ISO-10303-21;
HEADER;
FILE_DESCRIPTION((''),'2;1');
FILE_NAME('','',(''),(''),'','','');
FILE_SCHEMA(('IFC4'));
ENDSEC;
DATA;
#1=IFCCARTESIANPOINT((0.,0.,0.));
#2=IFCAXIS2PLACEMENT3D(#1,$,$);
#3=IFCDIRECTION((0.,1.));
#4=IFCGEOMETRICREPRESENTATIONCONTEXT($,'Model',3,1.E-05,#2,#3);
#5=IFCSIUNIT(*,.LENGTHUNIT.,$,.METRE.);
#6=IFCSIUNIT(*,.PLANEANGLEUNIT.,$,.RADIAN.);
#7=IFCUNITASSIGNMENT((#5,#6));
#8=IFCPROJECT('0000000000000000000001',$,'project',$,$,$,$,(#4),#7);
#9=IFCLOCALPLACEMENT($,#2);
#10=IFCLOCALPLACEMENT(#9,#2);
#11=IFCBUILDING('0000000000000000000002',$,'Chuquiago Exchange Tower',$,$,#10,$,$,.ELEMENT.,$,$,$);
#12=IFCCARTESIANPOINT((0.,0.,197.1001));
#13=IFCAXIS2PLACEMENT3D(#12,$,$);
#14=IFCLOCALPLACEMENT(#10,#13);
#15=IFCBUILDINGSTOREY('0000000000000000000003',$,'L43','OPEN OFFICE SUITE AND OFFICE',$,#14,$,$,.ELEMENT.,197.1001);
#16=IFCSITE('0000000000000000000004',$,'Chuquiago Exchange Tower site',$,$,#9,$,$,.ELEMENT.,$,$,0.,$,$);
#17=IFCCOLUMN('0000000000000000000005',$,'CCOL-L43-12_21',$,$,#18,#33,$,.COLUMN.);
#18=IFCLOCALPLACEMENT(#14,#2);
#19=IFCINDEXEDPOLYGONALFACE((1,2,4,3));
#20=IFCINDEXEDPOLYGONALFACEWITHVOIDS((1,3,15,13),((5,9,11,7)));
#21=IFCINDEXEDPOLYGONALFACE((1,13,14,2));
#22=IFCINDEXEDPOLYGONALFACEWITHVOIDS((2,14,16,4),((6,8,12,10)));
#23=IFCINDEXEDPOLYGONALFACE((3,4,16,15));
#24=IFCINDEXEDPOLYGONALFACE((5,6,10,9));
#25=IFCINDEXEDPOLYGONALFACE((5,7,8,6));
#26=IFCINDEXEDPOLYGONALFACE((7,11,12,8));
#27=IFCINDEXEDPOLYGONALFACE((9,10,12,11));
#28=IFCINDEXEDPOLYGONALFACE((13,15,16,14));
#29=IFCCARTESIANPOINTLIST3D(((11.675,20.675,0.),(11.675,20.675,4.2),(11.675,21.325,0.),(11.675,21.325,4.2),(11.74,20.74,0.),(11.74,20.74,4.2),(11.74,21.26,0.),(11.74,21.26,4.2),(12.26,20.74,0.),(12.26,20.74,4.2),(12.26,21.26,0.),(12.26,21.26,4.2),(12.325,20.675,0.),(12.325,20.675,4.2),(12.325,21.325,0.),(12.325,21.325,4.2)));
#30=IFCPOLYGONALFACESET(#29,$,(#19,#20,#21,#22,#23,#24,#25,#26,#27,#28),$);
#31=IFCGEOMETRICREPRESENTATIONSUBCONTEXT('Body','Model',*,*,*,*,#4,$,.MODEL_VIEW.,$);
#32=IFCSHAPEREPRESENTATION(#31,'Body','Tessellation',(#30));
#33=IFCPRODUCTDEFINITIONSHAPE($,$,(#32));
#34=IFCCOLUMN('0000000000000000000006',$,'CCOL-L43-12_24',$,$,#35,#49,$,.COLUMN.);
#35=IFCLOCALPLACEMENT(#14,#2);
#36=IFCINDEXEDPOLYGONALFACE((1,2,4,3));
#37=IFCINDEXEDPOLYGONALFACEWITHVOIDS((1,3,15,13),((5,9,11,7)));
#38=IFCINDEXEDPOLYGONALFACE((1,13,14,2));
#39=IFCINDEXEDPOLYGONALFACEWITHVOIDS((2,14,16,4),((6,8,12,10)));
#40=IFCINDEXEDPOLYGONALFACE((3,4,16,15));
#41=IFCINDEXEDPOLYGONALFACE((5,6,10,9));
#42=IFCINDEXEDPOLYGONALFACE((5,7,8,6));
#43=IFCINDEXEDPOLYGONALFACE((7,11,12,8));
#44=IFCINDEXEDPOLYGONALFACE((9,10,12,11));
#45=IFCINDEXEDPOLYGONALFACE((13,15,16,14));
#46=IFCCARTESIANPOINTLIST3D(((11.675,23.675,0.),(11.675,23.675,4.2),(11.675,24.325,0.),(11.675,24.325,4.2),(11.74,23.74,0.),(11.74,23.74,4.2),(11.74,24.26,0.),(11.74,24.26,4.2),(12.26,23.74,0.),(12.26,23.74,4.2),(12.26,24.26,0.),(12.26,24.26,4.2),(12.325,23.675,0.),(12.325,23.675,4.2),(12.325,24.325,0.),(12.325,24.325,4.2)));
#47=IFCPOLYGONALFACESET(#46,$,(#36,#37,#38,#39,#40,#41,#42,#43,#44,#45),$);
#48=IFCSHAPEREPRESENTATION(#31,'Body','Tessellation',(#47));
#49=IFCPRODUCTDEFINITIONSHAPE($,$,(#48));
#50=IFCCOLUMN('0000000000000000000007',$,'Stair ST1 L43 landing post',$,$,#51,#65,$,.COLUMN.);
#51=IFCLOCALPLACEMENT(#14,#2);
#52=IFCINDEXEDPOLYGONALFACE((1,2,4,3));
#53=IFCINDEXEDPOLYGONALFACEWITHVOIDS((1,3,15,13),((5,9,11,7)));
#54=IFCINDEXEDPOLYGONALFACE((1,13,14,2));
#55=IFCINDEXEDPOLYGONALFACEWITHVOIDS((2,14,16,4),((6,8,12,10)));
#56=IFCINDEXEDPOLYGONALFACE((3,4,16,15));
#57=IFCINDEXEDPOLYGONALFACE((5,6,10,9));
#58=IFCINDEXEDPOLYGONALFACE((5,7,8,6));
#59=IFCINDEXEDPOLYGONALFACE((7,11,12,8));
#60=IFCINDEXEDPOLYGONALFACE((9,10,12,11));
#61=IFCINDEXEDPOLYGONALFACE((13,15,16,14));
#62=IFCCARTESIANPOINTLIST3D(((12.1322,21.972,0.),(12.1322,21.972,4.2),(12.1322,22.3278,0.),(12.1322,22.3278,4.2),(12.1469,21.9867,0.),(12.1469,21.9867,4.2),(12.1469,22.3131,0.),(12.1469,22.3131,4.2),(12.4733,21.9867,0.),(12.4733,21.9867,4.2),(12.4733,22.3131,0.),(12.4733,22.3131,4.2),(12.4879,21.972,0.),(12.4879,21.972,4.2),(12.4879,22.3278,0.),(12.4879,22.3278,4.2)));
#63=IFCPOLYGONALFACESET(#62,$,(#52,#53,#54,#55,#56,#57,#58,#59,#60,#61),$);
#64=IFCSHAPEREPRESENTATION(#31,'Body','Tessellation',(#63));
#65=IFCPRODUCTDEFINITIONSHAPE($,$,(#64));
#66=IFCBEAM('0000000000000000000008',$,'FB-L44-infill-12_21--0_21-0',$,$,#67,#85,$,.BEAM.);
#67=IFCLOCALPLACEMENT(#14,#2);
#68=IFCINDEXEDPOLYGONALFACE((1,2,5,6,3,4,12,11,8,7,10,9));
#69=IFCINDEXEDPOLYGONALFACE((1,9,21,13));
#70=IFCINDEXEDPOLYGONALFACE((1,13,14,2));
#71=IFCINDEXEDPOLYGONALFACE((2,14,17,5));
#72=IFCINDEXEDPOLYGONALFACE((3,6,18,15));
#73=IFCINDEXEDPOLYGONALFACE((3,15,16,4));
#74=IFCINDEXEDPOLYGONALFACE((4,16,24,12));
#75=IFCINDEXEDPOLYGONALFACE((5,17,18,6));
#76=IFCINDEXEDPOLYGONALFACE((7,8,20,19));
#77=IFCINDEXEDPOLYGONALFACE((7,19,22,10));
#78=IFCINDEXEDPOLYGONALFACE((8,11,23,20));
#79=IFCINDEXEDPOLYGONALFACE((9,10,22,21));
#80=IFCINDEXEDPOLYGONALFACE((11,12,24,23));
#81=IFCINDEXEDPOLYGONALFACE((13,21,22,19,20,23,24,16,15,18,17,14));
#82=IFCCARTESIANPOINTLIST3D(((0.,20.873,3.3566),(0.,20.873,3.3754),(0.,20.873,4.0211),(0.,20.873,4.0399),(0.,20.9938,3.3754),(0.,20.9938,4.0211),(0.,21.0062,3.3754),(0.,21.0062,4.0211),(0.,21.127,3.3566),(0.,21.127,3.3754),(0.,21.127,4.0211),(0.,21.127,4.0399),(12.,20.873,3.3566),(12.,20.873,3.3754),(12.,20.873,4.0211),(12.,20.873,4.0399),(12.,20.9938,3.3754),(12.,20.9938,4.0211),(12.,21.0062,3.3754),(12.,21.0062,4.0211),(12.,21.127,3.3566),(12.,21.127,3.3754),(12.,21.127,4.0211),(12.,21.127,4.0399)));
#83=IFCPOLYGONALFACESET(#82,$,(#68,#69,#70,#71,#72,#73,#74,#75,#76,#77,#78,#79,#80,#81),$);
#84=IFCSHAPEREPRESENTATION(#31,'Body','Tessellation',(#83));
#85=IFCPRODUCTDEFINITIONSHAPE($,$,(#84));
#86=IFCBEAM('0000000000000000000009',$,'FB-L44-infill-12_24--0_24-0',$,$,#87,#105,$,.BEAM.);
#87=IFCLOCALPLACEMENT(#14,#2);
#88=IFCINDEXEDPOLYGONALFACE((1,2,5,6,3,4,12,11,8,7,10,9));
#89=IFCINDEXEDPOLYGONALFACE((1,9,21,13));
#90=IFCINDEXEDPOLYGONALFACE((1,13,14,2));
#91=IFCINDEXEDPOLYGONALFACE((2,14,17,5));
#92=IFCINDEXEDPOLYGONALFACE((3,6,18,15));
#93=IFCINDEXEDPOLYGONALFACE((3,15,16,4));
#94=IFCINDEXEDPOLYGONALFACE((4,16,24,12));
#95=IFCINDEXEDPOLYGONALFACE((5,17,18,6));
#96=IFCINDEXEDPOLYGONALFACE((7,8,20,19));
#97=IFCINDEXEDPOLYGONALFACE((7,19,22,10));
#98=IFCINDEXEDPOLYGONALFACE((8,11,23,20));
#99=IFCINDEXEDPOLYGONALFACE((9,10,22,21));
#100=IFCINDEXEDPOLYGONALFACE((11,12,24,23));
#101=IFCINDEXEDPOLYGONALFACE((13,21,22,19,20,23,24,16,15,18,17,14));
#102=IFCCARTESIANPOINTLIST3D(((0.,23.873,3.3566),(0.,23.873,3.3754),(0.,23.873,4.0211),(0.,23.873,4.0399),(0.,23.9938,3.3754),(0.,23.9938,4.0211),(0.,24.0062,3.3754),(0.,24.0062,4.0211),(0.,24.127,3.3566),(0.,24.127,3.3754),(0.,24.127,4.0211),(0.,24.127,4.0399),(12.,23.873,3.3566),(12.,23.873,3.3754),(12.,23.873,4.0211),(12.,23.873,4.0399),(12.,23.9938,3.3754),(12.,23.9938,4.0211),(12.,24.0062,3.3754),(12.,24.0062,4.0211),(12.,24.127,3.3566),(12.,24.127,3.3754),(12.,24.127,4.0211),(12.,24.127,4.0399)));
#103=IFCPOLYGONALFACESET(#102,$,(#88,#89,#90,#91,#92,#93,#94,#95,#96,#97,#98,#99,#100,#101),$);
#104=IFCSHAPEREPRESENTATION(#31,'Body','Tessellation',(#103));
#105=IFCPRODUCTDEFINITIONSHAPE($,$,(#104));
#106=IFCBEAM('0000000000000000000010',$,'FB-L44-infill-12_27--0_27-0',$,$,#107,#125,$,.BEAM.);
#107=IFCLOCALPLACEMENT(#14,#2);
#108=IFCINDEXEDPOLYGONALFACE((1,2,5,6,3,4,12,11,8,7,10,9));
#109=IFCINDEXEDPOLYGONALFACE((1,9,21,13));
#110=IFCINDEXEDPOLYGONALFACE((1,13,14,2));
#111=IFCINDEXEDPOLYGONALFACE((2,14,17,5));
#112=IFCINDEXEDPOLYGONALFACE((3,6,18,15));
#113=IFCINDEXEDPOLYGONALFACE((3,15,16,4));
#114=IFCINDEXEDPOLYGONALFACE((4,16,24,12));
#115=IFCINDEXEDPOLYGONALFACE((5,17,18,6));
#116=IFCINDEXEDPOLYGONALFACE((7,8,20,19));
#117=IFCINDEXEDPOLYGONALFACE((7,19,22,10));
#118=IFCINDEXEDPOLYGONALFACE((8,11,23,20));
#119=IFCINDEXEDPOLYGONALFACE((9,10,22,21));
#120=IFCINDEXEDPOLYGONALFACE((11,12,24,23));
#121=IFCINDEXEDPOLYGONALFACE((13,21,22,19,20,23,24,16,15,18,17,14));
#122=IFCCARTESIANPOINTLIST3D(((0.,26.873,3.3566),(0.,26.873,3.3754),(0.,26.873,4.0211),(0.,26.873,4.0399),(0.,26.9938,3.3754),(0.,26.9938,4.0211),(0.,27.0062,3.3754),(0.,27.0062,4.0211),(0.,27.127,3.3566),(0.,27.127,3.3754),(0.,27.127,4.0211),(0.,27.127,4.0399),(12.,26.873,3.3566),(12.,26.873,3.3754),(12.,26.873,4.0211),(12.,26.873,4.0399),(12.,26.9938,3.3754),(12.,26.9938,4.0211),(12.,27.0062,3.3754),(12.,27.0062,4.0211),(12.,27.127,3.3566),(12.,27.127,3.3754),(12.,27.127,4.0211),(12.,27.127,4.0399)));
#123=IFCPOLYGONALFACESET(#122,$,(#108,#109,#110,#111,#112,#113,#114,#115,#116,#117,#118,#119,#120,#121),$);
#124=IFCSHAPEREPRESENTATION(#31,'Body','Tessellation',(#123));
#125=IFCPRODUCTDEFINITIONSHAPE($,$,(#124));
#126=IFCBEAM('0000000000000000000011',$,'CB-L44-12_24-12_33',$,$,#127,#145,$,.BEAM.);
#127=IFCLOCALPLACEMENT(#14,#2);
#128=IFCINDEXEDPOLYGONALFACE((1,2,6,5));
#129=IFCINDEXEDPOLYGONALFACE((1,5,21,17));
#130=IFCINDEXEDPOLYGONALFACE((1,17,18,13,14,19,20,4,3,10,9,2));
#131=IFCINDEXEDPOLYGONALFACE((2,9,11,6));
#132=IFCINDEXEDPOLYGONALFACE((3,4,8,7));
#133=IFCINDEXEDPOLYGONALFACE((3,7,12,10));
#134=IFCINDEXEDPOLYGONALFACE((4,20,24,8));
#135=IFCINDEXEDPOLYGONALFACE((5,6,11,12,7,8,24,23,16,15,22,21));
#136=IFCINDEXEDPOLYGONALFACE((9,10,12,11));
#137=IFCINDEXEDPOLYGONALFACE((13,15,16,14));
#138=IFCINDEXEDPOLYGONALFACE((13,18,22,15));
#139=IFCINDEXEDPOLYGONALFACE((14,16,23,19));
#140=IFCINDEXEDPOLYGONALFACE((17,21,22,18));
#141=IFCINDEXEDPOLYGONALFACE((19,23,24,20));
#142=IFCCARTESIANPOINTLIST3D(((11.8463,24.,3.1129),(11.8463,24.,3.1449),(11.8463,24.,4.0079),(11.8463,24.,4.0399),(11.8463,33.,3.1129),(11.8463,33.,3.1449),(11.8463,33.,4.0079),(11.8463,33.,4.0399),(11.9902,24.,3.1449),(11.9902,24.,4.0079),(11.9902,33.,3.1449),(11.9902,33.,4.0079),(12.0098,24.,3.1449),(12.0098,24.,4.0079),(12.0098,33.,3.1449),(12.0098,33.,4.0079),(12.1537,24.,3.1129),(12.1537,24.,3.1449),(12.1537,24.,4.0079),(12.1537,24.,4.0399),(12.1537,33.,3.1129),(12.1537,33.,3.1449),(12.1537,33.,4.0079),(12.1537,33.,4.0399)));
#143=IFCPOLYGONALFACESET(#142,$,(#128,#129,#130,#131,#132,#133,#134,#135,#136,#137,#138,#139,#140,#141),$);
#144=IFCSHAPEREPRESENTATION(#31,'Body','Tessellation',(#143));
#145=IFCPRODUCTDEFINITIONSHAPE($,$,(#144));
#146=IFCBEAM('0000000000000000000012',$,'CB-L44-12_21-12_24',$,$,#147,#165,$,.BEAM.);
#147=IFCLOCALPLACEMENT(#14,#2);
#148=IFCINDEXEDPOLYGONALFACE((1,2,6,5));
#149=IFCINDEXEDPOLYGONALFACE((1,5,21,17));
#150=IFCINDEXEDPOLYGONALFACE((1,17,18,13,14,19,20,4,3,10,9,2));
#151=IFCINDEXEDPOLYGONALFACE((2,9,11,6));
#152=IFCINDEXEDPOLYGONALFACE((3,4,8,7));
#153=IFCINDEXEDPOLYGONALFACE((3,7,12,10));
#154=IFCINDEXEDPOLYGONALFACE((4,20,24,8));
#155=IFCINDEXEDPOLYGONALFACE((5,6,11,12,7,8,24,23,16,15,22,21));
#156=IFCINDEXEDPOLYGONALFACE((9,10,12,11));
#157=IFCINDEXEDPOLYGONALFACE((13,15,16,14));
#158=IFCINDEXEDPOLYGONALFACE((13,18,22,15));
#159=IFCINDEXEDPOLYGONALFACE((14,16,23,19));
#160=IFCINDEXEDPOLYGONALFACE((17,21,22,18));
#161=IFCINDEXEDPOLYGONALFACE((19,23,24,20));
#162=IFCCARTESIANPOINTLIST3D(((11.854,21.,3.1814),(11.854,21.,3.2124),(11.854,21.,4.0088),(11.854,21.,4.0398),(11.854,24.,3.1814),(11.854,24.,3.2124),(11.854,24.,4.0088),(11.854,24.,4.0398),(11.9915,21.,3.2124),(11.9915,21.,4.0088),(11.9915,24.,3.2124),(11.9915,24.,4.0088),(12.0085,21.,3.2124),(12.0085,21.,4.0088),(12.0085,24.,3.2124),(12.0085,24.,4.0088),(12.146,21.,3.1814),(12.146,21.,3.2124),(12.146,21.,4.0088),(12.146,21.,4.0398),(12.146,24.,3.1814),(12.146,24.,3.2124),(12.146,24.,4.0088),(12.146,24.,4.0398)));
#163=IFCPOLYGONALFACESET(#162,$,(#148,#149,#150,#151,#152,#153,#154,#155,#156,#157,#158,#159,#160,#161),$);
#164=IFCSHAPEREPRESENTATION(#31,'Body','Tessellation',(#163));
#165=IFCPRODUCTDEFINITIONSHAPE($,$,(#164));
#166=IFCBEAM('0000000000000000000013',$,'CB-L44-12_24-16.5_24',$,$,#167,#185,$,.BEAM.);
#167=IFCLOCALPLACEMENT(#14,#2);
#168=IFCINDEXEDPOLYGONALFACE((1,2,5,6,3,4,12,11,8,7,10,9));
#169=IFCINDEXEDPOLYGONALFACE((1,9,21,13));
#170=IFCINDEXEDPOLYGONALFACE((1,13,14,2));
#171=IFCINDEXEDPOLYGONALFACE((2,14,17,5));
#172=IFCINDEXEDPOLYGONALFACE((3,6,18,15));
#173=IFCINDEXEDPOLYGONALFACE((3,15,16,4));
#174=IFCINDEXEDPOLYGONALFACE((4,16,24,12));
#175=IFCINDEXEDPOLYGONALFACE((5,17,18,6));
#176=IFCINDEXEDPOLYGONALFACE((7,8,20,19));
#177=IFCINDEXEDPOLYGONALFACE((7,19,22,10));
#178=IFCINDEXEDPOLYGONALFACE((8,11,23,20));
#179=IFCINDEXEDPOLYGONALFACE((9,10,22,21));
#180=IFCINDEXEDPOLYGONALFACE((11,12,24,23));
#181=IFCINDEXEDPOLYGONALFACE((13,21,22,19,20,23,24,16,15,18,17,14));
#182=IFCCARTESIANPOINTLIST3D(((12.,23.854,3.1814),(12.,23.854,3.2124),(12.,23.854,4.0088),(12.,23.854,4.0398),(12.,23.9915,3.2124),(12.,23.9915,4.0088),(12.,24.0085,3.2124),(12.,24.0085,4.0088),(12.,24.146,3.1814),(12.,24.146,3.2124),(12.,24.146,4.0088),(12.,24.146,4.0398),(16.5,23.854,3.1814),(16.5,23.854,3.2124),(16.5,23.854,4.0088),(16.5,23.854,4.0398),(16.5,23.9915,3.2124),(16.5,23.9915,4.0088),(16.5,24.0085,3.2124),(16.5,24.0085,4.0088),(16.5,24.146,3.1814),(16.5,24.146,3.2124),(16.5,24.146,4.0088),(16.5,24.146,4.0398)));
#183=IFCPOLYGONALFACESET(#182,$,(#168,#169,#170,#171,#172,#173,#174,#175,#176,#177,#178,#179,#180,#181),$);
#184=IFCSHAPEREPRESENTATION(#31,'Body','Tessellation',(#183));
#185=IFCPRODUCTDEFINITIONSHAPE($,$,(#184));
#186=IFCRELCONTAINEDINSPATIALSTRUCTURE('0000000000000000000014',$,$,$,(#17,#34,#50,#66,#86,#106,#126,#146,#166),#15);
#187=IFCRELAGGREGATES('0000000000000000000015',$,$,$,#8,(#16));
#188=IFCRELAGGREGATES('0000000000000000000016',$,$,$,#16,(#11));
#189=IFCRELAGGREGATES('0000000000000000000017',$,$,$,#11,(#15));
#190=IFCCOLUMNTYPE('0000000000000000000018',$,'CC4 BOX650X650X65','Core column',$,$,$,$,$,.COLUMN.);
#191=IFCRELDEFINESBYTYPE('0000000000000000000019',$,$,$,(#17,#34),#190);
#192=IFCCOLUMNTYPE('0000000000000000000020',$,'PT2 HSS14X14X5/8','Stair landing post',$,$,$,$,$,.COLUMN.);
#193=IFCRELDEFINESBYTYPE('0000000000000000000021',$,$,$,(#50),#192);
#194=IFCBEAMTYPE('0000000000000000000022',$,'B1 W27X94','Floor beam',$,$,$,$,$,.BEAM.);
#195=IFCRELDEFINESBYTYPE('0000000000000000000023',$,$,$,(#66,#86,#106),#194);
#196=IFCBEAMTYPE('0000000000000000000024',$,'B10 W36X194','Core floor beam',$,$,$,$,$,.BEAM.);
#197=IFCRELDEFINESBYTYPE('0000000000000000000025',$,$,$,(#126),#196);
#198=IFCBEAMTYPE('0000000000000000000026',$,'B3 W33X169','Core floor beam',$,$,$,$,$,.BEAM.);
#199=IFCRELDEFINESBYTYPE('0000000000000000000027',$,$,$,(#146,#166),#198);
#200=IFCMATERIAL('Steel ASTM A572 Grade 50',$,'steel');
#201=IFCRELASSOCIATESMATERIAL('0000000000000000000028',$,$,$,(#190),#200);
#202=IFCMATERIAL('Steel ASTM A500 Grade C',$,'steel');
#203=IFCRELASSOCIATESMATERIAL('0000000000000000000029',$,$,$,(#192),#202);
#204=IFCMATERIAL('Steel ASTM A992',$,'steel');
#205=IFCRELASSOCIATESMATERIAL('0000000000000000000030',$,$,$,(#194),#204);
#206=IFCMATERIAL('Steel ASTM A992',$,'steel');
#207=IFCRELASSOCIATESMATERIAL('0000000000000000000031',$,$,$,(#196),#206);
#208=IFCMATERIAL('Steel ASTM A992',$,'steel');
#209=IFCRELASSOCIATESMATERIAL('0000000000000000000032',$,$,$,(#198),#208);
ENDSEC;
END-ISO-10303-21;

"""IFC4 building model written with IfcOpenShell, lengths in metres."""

from ifc_helpers import new_model, si_unit, direction, frame, origin, origin_2d, place, context, subcontext, project, spatial, hollow_rectangle, i_section, extrude, material, material_profile, profile_set, type_object, element, save


model = new_model("IFC4")

# Units and contexts
model_context = context("Model", 3, precision=1e-05, world=origin(), true_north=direction((0.0, 1.0)))
body_context = subcontext(model_context, "Body", "Model", "MODEL_VIEW")
ifc_project = project(units=[si_unit("LENGTHUNIT", "METRE"), si_unit("PLANEANGLEUNIT", "RADIAN")], contexts=[model_context])

# Site, building, storey
site_placement = place(None, origin())
site = spatial("IfcSite", under=ifc_project, at=site_placement, Name="Chuquiago Exchange Tower site", CompositionType="ELEMENT", RefElevation=0.0)
building_placement = place(site_placement, origin())
building = spatial("IfcBuilding", under=site, at=building_placement, Name="Chuquiago Exchange Tower", CompositionType="ELEMENT")
storey_placement = place(building_placement, frame((0.0, 0.0, 197.1001)))
storey = spatial("IfcBuildingStorey", under=building, at=storey_placement, Name="L43", Description="OPEN OFFICE SUITE AND OFFICE", CompositionType="ELEMENT", Elevation=197.1001)

# Columns
ifc_material_1 = material(Name="Steel ASTM A572 Grade 50", Category="steel")
ifc_material_profile_1 = material_profile(ifc_material_1, hollow_rectangle(XDim=0.6499, YDim=0.6499, WallThickness=0.0649, at=origin_2d()), Name="BOX650X650X65")
ifc_profile_set_1 = profile_set([ifc_material_profile_1], Name="Steel ASTM A572 Grade 50")
column_type_1 = type_object("IfcColumnType", Name="CC4 BOX650X650X65", Description="Core column", PredefinedType="COLUMN", material=ifc_profile_set_1)
for number, where, z_axis, x_axis, name in (
    (1, (12.0, 21.0, 0.0), (0.0, 0.0, 1.0), (1.0, 0.0, 0.0), "CCOL-L43-12_21"),
    (2, (12.0, 24.0, 0.0), (0.0, 0.0, 1.0), (1.0, 0.0, 0.0), "CCOL-L43-12_24"),
):
    element("IfcColumn", number, at=place(storey_placement, frame(where, z_axis=z_axis, x_axis=x_axis)), inside=storey, type_object=column_type_1, Name=name, PredefinedType="COLUMN", context=body_context, shape_type="SweptSolid", body=[
        extrude(hollow_rectangle(XDim=0.6499, YDim=0.6499, WallThickness=0.0649, at=origin_2d()), origin(), (0.0, 0.0, 1.0), 4.2),
    ])
ifc_material_2 = material(Name="Steel ASTM A500 Grade C", Category="steel")
ifc_material_profile_2 = material_profile(ifc_material_2, hollow_rectangle(XDim=0.3557, YDim=0.3557, WallThickness=0.0146, at=origin_2d()), Name="HSS14X14X5/8")
ifc_profile_set_2 = profile_set([ifc_material_profile_2], Name="Steel ASTM A500 Grade C")
column_type_2 = type_object("IfcColumnType", Name="PT2 HSS14X14X5/8", Description="Stair landing post", PredefinedType="COLUMN", material=ifc_profile_set_2)
column_placement = place(storey_placement, frame((12.3101, 22.1499, 0.0), z_axis=(0.0, 0.0, 1.0), x_axis=(1.0, 0.0, 0.0)))
element("IfcColumn", 3, at=column_placement, inside=storey, type_object=column_type_2, Name="Stair ST1 L43 landing post", PredefinedType="COLUMN", context=body_context, shape_type="SweptSolid", body=[
    extrude(hollow_rectangle(XDim=0.3557, YDim=0.3557, WallThickness=0.0146, at=origin_2d()), origin(), (0.0, 0.0, 1.0), 4.2),
])

# Beams
ifc_material_3 = material(Name="Steel ASTM A992", Category="steel")
ifc_material_profile_3 = material_profile(ifc_material_3, i_section(OverallWidth=0.2539, OverallDepth=0.6833, WebThickness=0.0125, FlangeThickness=0.0188, at=origin_2d()), Name="W27X94")
ifc_profile_set_3 = profile_set([ifc_material_profile_3], Name="Steel ASTM A992")
beam_type_1 = type_object("IfcBeamType", Name="B1 W27X94", Description="Floor beam", PredefinedType="BEAM", material=ifc_profile_set_3)
for number, where, z_axis, x_axis, name in (
    (4, (12.0, 21.0, 3.6982), (-1.0, 0.0, 0.0), (0.0, -1.0, 0.0), "FB-L44-infill-12_21--0_21-0"),
    (5, (12.0, 24.0, 3.6982), (-1.0, 0.0, 0.0), (0.0, -1.0, 0.0), "FB-L44-infill-12_24--0_24-0"),
    (6, (12.0, 27.0, 3.6982), (-1.0, 0.0, 0.0), (0.0, -1.0, 0.0), "FB-L44-infill-12_27--0_27-0"),
):
    element("IfcBeam", number, at=place(storey_placement, frame(where, z_axis=z_axis, x_axis=x_axis)), inside=storey, type_object=beam_type_1, Name=name, PredefinedType="BEAM", context=body_context, shape_type="SweptSolid", body=[
        extrude(i_section(OverallWidth=0.2539, OverallDepth=0.6833, WebThickness=0.0125, FlangeThickness=0.0188, at=origin_2d()), origin(), (0.0, 0.0, 1.0), 12.0),
    ])
ifc_material_4 = material(Name="Steel ASTM A992", Category="steel")
ifc_material_profile_4 = material_profile(ifc_material_4, i_section(OverallWidth=0.3074, OverallDepth=0.927, WebThickness=0.0195, FlangeThickness=0.032, at=origin_2d()), Name="W36X194")
ifc_profile_set_4 = profile_set([ifc_material_profile_4], Name="Steel ASTM A992")
beam_type_2 = type_object("IfcBeamType", Name="B10 W36X194", Description="Core floor beam", PredefinedType="BEAM", material=ifc_profile_set_4)
beam_1_placement = place(storey_placement, frame((12.0, 24.0, 3.5764), z_axis=(0.0, 1.0, 0.0), x_axis=(-1.0, 0.0, 0.0)))
element("IfcBeam", 7, at=beam_1_placement, inside=storey, type_object=beam_type_2, Name="CB-L44-12_24-12_33", PredefinedType="BEAM", context=body_context, shape_type="SweptSolid", body=[
    extrude(i_section(OverallWidth=0.3074, OverallDepth=0.927, WebThickness=0.0195, FlangeThickness=0.032, at=origin_2d()), origin(), (0.0, 0.0, 1.0), 9.0),
])
ifc_material_5 = material(Name="Steel ASTM A992", Category="steel")
ifc_material_profile_5 = material_profile(ifc_material_5, i_section(OverallWidth=0.292, OverallDepth=0.8584, WebThickness=0.0171, FlangeThickness=0.031, at=origin_2d()), Name="W33X169")
ifc_profile_set_5 = profile_set([ifc_material_profile_5], Name="Steel ASTM A992")
beam_type_3 = type_object("IfcBeamType", Name="B3 W33X169", Description="Core floor beam", PredefinedType="BEAM", material=ifc_profile_set_5)
beam_2_placement = place(storey_placement, frame((12.0, 21.0, 3.6106), z_axis=(0.0, 1.0, 0.0), x_axis=(-1.0, 0.0, 0.0)))
element("IfcBeam", 8, at=beam_2_placement, inside=storey, type_object=beam_type_3, Name="CB-L44-12_21-12_24", PredefinedType="BEAM", context=body_context, shape_type="SweptSolid", body=[
    extrude(i_section(OverallWidth=0.292, OverallDepth=0.8584, WebThickness=0.0171, FlangeThickness=0.031, at=origin_2d()), origin(), (0.0, 0.0, 1.0), 3.0),
])
beam_3_placement = place(storey_placement, frame((12.0, 24.0, 3.6106), z_axis=(1.0, 0.0, 0.0), x_axis=(0.0, 1.0, 0.0)))
element("IfcBeam", 9, at=beam_3_placement, inside=storey, type_object=beam_type_3, Name="CB-L44-12_24-16.5_24", PredefinedType="BEAM", context=body_context, shape_type="SweptSolid", body=[
    extrude(i_section(OverallWidth=0.292, OverallDepth=0.8584, WebThickness=0.0171, FlangeThickness=0.031, at=origin_2d()), origin(), (0.0, 0.0, 1.0), 4.5),
])

save(model, "model.ifc")
